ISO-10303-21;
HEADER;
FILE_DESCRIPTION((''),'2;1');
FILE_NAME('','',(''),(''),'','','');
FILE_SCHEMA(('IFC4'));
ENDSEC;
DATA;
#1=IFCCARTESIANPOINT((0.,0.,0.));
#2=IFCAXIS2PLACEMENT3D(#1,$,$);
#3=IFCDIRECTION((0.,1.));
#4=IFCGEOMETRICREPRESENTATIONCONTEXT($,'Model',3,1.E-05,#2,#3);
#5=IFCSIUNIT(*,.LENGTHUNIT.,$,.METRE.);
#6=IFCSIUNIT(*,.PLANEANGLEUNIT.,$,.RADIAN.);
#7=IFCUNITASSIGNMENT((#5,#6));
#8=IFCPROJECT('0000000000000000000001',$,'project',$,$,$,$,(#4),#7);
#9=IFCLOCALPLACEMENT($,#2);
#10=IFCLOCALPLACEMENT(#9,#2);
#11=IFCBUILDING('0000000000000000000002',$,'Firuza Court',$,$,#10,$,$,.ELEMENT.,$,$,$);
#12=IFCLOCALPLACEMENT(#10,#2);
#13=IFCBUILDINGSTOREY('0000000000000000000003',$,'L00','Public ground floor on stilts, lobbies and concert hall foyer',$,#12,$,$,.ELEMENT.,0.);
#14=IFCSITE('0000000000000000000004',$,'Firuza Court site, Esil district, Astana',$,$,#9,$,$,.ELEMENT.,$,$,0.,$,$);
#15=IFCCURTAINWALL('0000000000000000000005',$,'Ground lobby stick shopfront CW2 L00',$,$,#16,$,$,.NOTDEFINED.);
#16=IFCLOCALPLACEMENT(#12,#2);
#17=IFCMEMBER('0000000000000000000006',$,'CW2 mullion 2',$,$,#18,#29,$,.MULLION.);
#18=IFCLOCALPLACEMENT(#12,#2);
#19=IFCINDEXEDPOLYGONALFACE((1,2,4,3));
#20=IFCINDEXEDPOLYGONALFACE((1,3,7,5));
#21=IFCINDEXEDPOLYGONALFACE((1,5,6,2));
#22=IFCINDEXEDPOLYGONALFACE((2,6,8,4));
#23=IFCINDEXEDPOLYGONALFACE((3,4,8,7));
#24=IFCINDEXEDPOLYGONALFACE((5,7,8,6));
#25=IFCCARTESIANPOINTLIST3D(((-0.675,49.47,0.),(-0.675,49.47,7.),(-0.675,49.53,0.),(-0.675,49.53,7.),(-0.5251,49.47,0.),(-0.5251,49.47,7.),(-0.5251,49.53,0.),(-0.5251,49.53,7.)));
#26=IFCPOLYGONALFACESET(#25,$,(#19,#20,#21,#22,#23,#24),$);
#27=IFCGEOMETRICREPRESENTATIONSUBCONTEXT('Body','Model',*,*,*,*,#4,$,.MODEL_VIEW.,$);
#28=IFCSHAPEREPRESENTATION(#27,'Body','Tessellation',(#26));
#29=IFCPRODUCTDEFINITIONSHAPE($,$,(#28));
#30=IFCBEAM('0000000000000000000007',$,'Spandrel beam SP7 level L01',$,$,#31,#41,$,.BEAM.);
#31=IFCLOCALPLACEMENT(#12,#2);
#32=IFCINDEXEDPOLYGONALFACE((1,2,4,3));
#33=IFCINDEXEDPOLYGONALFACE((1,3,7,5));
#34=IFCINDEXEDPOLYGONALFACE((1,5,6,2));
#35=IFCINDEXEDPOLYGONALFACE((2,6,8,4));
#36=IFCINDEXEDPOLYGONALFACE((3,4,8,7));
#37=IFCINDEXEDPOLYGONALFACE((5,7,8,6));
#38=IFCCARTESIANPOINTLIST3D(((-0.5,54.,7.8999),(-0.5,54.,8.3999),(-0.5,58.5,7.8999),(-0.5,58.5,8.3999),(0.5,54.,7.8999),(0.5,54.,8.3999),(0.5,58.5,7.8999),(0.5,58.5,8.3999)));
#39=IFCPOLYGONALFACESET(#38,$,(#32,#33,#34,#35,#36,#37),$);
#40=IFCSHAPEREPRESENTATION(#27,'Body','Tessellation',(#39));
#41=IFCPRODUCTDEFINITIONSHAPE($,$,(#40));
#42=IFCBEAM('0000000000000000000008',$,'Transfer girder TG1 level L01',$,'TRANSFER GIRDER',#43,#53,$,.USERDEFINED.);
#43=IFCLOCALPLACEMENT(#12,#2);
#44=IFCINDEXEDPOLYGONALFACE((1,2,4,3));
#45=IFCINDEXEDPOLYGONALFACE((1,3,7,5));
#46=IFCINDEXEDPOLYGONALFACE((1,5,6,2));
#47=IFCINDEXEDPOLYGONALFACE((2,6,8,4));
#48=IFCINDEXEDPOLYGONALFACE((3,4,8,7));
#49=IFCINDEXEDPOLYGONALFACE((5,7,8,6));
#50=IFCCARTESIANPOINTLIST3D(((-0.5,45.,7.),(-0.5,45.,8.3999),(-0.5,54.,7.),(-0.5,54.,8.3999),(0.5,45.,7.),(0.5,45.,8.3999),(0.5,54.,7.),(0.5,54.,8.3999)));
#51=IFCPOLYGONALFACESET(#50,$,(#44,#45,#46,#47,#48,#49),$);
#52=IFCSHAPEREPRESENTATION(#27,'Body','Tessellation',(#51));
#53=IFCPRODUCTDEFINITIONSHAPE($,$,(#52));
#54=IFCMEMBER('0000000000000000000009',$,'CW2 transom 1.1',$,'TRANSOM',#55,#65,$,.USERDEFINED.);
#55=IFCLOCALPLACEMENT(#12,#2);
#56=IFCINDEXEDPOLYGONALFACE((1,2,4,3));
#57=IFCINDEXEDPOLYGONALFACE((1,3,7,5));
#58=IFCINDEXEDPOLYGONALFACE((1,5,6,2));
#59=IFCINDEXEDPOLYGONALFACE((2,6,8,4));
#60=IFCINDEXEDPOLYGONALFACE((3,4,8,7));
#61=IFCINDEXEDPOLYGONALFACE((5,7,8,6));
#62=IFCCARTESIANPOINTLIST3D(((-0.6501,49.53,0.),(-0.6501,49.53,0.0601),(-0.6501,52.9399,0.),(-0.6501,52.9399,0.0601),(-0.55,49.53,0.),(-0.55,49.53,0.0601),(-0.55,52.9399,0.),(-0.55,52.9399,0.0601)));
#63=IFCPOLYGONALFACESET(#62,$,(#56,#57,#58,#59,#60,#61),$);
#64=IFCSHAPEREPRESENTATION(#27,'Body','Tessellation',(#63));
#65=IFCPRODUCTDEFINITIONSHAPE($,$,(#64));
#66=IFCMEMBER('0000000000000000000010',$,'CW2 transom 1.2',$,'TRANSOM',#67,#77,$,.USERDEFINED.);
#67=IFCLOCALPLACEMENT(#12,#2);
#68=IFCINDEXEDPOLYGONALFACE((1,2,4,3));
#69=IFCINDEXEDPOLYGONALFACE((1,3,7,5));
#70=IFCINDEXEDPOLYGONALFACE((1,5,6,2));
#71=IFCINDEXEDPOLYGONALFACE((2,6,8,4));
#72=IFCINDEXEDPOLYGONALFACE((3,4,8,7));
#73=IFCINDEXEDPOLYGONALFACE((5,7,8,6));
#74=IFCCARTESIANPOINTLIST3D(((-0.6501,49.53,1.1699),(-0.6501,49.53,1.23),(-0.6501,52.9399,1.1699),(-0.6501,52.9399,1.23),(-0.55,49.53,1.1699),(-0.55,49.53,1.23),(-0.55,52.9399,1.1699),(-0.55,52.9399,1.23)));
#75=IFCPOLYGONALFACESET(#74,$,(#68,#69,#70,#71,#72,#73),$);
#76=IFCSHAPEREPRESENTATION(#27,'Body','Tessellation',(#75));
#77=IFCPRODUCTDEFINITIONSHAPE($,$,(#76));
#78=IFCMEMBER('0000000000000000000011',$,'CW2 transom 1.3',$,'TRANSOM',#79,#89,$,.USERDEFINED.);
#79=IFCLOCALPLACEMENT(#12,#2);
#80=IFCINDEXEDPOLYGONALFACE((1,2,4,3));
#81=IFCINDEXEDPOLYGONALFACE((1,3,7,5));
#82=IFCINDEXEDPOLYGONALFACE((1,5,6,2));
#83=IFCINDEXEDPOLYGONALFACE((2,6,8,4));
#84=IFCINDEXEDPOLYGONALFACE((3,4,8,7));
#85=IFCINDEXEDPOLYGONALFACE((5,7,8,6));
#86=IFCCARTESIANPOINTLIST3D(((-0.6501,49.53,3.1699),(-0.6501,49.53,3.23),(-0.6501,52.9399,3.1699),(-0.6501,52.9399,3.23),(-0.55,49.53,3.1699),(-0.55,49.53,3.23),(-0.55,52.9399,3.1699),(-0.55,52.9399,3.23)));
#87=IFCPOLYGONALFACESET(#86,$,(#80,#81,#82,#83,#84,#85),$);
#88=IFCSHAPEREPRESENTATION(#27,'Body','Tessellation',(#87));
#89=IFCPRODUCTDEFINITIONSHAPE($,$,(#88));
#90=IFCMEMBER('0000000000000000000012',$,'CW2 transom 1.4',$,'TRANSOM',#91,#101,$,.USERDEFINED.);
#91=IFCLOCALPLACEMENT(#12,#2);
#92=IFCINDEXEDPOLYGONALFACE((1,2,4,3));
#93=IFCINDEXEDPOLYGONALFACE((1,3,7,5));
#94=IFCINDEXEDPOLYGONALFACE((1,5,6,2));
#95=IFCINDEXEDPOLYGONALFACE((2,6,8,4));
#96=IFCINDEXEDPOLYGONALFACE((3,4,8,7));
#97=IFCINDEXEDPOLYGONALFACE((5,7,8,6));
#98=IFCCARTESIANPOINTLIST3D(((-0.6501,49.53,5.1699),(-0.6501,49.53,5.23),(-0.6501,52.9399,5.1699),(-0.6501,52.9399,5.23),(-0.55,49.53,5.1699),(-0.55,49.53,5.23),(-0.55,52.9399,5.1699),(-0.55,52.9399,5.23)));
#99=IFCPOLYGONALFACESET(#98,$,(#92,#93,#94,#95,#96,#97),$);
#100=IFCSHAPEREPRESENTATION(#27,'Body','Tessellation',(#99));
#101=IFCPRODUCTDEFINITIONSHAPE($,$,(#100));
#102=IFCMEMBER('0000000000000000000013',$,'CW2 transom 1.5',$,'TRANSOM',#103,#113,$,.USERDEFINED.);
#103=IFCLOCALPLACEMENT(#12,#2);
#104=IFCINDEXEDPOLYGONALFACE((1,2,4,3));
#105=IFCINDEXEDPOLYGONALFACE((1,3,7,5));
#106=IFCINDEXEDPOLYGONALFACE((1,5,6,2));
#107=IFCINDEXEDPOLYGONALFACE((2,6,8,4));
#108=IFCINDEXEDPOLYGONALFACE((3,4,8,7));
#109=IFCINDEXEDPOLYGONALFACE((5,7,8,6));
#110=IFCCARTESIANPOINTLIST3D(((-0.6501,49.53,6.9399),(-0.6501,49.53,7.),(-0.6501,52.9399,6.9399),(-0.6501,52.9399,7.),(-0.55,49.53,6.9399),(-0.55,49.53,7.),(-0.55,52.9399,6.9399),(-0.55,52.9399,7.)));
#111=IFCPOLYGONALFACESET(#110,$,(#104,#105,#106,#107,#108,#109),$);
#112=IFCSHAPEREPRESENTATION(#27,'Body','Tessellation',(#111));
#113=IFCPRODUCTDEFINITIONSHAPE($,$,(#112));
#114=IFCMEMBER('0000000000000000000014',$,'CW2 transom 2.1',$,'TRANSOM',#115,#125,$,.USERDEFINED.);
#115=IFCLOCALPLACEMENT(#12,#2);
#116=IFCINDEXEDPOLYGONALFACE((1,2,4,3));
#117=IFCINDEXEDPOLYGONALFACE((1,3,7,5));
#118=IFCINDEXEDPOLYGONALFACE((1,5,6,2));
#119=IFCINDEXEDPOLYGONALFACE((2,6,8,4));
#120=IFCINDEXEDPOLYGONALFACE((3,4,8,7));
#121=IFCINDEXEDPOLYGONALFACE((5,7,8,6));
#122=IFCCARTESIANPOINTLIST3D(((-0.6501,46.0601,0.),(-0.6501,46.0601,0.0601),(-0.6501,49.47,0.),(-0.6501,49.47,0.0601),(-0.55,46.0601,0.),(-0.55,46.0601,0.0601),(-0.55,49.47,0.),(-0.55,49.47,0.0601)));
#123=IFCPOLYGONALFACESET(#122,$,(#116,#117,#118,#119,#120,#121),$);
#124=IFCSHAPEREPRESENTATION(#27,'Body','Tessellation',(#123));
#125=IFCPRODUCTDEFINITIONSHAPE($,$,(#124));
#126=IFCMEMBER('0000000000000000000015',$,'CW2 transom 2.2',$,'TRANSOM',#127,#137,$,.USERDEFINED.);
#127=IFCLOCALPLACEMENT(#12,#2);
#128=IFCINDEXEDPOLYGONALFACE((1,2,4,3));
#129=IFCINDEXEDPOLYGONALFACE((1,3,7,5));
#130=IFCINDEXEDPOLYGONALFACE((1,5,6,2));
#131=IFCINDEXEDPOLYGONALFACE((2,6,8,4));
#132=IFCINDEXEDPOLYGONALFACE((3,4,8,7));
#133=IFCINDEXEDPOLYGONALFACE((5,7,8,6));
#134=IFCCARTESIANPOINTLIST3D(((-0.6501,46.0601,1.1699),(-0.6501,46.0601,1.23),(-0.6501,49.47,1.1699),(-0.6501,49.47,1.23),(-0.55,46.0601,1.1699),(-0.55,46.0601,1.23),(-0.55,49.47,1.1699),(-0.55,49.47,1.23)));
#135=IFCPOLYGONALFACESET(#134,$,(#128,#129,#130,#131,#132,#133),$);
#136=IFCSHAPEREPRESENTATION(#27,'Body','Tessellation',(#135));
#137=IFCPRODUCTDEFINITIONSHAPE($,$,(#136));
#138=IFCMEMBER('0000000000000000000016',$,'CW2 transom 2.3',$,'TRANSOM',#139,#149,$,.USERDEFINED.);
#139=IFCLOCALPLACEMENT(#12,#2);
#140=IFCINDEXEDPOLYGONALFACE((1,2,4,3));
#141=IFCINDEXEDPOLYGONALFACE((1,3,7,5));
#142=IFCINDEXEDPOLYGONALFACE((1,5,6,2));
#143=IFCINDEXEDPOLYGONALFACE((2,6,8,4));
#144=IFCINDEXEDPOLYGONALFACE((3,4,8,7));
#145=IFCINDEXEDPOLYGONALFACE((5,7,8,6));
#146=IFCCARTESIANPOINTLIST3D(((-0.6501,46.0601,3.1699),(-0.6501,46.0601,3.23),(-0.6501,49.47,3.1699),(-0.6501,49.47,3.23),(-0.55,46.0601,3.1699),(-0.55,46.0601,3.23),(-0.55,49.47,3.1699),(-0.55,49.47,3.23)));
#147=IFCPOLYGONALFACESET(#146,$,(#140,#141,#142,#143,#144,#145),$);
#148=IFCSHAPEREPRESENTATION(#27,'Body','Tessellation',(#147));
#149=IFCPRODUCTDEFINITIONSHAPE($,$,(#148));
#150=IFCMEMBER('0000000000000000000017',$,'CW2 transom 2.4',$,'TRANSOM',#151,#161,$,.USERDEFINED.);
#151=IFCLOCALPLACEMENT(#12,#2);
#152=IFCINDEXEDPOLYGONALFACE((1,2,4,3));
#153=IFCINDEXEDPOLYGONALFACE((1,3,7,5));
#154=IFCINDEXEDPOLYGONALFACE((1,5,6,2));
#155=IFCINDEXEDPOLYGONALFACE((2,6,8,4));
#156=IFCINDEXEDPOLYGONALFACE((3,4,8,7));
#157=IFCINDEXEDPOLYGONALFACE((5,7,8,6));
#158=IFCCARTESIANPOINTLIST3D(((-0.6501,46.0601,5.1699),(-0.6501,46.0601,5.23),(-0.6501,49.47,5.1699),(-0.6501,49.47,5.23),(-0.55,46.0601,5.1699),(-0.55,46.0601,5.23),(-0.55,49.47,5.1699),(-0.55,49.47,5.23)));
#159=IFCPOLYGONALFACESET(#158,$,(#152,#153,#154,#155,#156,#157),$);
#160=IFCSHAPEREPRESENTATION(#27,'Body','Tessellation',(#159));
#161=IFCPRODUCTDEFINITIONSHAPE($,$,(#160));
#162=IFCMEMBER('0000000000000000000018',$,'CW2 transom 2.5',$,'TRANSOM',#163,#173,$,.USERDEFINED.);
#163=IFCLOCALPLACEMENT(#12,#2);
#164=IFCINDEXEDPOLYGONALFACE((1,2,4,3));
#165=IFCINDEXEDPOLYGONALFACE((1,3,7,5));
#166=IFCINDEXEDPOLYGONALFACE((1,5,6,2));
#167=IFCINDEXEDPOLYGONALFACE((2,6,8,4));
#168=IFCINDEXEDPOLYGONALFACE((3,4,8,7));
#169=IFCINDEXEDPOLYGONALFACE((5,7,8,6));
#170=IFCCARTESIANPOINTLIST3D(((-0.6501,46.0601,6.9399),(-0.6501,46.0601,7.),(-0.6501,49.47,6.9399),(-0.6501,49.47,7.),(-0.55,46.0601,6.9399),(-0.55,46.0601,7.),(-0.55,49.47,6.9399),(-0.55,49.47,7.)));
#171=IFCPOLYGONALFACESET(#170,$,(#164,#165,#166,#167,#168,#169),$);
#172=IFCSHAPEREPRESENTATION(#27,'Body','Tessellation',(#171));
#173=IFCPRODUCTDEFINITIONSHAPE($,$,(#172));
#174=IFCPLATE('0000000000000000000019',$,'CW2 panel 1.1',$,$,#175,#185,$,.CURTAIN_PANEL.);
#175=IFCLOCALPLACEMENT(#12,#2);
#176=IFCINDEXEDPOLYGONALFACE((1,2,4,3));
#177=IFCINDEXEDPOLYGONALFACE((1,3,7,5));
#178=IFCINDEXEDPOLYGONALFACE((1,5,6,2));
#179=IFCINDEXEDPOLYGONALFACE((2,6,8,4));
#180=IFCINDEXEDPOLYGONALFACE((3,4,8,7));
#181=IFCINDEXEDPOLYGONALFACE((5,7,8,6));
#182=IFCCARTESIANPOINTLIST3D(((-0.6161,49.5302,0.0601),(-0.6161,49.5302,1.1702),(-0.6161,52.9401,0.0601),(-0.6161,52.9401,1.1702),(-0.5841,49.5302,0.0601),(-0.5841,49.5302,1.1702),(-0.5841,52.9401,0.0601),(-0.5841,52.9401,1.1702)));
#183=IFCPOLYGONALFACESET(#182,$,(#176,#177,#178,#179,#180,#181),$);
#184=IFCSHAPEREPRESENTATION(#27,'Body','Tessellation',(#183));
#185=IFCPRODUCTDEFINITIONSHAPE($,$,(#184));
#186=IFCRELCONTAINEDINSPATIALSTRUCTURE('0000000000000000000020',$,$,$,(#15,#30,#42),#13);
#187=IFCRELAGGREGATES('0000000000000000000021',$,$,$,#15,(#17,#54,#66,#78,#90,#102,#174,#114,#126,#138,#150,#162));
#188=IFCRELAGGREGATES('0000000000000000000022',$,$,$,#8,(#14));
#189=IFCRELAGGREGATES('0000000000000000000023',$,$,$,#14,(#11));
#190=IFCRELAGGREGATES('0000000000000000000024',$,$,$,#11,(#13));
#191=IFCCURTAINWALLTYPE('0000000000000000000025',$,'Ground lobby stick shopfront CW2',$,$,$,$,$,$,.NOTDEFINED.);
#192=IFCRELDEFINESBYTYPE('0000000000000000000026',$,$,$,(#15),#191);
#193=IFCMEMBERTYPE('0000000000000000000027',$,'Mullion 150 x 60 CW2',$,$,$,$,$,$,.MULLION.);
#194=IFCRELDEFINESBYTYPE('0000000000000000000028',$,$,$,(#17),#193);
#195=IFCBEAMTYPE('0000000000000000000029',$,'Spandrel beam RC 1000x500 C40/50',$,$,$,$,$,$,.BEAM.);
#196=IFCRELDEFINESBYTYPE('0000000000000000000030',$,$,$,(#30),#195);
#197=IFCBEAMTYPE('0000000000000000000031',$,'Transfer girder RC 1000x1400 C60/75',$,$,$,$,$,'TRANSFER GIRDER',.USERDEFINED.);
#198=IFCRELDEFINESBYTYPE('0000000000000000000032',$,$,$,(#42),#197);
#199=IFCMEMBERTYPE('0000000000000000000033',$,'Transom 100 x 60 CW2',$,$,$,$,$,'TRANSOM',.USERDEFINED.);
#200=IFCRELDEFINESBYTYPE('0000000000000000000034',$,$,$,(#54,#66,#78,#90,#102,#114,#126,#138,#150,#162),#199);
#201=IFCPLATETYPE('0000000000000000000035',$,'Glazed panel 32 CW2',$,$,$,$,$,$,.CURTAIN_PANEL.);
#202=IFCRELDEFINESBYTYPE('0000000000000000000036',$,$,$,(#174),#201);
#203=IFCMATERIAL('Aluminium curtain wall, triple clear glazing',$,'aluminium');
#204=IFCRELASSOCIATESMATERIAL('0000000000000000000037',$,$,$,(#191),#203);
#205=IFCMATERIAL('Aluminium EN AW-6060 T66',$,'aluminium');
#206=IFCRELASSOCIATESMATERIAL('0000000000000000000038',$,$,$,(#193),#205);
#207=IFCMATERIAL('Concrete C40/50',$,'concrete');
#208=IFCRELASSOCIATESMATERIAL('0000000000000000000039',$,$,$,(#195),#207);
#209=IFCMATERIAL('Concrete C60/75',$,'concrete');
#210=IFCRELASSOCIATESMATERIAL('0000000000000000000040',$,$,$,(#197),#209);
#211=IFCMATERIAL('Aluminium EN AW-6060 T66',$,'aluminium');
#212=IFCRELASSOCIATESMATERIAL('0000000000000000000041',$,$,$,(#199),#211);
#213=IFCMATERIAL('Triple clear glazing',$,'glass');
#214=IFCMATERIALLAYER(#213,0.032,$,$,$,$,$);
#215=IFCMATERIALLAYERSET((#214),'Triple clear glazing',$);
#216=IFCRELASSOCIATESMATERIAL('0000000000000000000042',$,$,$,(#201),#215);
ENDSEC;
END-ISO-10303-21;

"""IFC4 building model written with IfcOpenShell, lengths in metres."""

from ifc_helpers import new_model, si_unit, direction, frame, origin, origin_2d, place, context, subcontext, project, spatial, rectangle, extrude, material, layer, layer_set, material_profile, profile_set, type_object, element, aggregate, save


model = new_model("IFC4")

# Units and contexts
model_context = context("Model", 3, precision=1e-05, world=origin(), true_north=direction((0.0, 1.0)))
body_context = subcontext(model_context, "Body", "Model", "MODEL_VIEW")
ifc_project = project(units=[si_unit("LENGTHUNIT", "METRE"), si_unit("PLANEANGLEUNIT", "RADIAN")], contexts=[model_context])

# Site, building, storey
site_placement = place(None, origin())
site = spatial("IfcSite", under=ifc_project, at=site_placement, Name="Firuza Court site, Esil district, Astana", CompositionType="ELEMENT", RefElevation=0.0)
building_placement = place(site_placement, origin())
building = spatial("IfcBuilding", under=site, at=building_placement, Name="Firuza Court", CompositionType="ELEMENT")
storey_placement = place(building_placement, origin())
storey = spatial("IfcBuildingStorey", under=building, at=storey_placement, Name="L00", Description="Public ground floor on stilts, lobbies and concert hall foyer", CompositionType="ELEMENT", Elevation=0.0)

# Shared definitions
ifc_material_1 = material(Name="Aluminium curtain wall, triple clear glazing", Category="aluminium")
curtain_wall_type = type_object("IfcCurtainWallType", Name="Ground lobby stick shopfront CW2", PredefinedType="NOTDEFINED", material=ifc_material_1)
ifc_material_2 = material(Name="Aluminium EN AW-6060 T66", Category="aluminium")
ifc_material_profile_1 = material_profile(ifc_material_2, rectangle(XDim=0.1499, YDim=0.0601, at=origin_2d()), Name="Mullion 150 x 60 CW2")
ifc_profile_set_1 = profile_set([ifc_material_profile_1], Name="Aluminium EN AW-6060 T66")
member_type_1 = type_object("IfcMemberType", Name="Mullion 150 x 60 CW2", PredefinedType="MULLION", material=ifc_profile_set_1)

# Curtain wall, member
curtain_wall_1_placement = place(storey_placement, origin())
curtain_wall_1 = element("IfcCurtainWall", 1, at=curtain_wall_1_placement, inside=storey, type_object=curtain_wall_type, Name="Ground lobby stick shopfront CW2 L00", PredefinedType="NOTDEFINED")
member_1_placement = place(storey_placement, frame((-0.6001, 49.5, 0.0), z_axis=(0.0, 0.0, 1.0), x_axis=(1.0, 0.0, 0.0)))
member_1 = element("IfcMember", 2, at=member_1_placement, type_object=member_type_1, Name="CW2 mullion 2", PredefinedType="MULLION", context=body_context, shape_type="SweptSolid", body=[
    extrude(rectangle(XDim=0.1499, YDim=0.0601, at=origin_2d()), origin(), (0.0, 0.0, 1.0), 7.0),
])

# Beams
ifc_material_3 = material(Name="Concrete C40/50", Category="concrete")
ifc_material_profile_2 = material_profile(ifc_material_3, rectangle(XDim=1.0, YDim=0.5, at=origin_2d()), Name="RC 1000x500")
ifc_profile_set_2 = profile_set([ifc_material_profile_2], Name="Concrete C40/50")
beam_type_1 = type_object("IfcBeamType", Name="Spandrel beam RC 1000x500 C40/50", PredefinedType="BEAM", material=ifc_profile_set_2)
beam_1_placement = place(storey_placement, frame((0.0, 58.5, 8.1499), z_axis=(0.0, -1.0, 0.0), x_axis=(1.0, 0.0, 0.0)))
element("IfcBeam", 3, at=beam_1_placement, inside=storey, type_object=beam_type_1, Name="Spandrel beam SP7 level L01", PredefinedType="BEAM", context=body_context, shape_type="SweptSolid", body=[
    extrude(rectangle(XDim=1.0, YDim=0.5, at=origin_2d()), origin(), (0.0, 0.0, 1.0), 4.5),
])
ifc_material_4 = material(Name="Concrete C60/75", Category="concrete")
ifc_material_profile_3 = material_profile(ifc_material_4, rectangle(XDim=1.0, YDim=1.3999, at=origin_2d()), Name="RC 1000x1400")
ifc_profile_set_3 = profile_set([ifc_material_profile_3], Name="Concrete C60/75")
beam_type_2 = type_object("IfcBeamType", Name="Transfer girder RC 1000x1400 C60/75", ElementType="TRANSFER GIRDER", PredefinedType="USERDEFINED", material=ifc_profile_set_3)
beam_2_placement = place(storey_placement, frame((0.0, 54.0, 7.7), z_axis=(0.0, -1.0, 0.0), x_axis=(1.0, 0.0, 0.0)))
element("IfcBeam", 4, at=beam_2_placement, inside=storey, type_object=beam_type_2, Name="Transfer girder TG1 level L01", ObjectType="TRANSFER GIRDER", PredefinedType="USERDEFINED", context=body_context, shape_type="SweptSolid", body=[
    extrude(rectangle(XDim=1.0, YDim=1.3999, at=origin_2d()), origin(), (0.0, 0.0, 1.0), 9.0),
])

# Members
ifc_material_5 = material(Name="Aluminium EN AW-6060 T66", Category="aluminium")
ifc_material_profile_4 = material_profile(ifc_material_5, rectangle(XDim=0.1001, YDim=0.0601, at=origin_2d()), Name="Transom 100 x 60 CW2")
ifc_profile_set_4 = profile_set([ifc_material_profile_4], Name="Aluminium EN AW-6060 T66")
member_type_2 = type_object("IfcMemberType", Name="Transom 100 x 60 CW2", ElementType="TRANSOM", PredefinedType="USERDEFINED", material=ifc_profile_set_4)
member_2_placement = place(storey_placement, frame((-0.6001, 52.9399, 0.03), z_axis=(0.0, -1.0, 0.0), x_axis=(1.0, 0.0, 0.0)))
member_2 = element("IfcMember", 5, at=member_2_placement, type_object=member_type_2, Name="CW2 transom 1.1", ObjectType="TRANSOM", PredefinedType="USERDEFINED", context=body_context, shape_type="SweptSolid", body=[
    extrude(rectangle(XDim=0.1001, YDim=0.0601, at=origin_2d()), origin(), (0.0, 0.0, 1.0), 3.4099),
])
member_3_placement = place(storey_placement, frame((-0.6001, 52.9399, 1.2), z_axis=(0.0, -1.0, 0.0), x_axis=(1.0, 0.0, 0.0)))
member_3 = element("IfcMember", 6, at=member_3_placement, type_object=member_type_2, Name="CW2 transom 1.2", ObjectType="TRANSOM", PredefinedType="USERDEFINED", context=body_context, shape_type="SweptSolid", body=[
    extrude(rectangle(XDim=0.1001, YDim=0.0601, at=origin_2d()), origin(), (0.0, 0.0, 1.0), 3.4099),
])
member_4_placement = place(storey_placement, frame((-0.6001, 52.9399, 3.2), z_axis=(0.0, -1.0, 0.0), x_axis=(1.0, 0.0, 0.0)))
member_4 = element("IfcMember", 7, at=member_4_placement, type_object=member_type_2, Name="CW2 transom 1.3", ObjectType="TRANSOM", PredefinedType="USERDEFINED", context=body_context, shape_type="SweptSolid", body=[
    extrude(rectangle(XDim=0.1001, YDim=0.0601, at=origin_2d()), origin(), (0.0, 0.0, 1.0), 3.4099),
])
member_5_placement = place(storey_placement, frame((-0.6001, 52.9399, 5.2), z_axis=(0.0, -1.0, 0.0), x_axis=(1.0, 0.0, 0.0)))
member_5 = element("IfcMember", 8, at=member_5_placement, type_object=member_type_2, Name="CW2 transom 1.4", ObjectType="TRANSOM", PredefinedType="USERDEFINED", context=body_context, shape_type="SweptSolid", body=[
    extrude(rectangle(XDim=0.1001, YDim=0.0601, at=origin_2d()), origin(), (0.0, 0.0, 1.0), 3.4099),
])
member_6_placement = place(storey_placement, frame((-0.6001, 52.9399, 6.97), z_axis=(0.0, -1.0, 0.0), x_axis=(1.0, 0.0, 0.0)))
member_6 = element("IfcMember", 9, at=member_6_placement, type_object=member_type_2, Name="CW2 transom 1.5", ObjectType="TRANSOM", PredefinedType="USERDEFINED", context=body_context, shape_type="SweptSolid", body=[
    extrude(rectangle(XDim=0.1001, YDim=0.0601, at=origin_2d()), origin(), (0.0, 0.0, 1.0), 3.4099),
])
member_7_placement = place(storey_placement, frame((-0.6001, 49.47, 0.03), z_axis=(0.0, -1.0, 0.0), x_axis=(1.0, 0.0, 0.0)))
member_7 = element("IfcMember", 10, at=member_7_placement, type_object=member_type_2, Name="CW2 transom 2.1", ObjectType="TRANSOM", PredefinedType="USERDEFINED", context=body_context, shape_type="SweptSolid", body=[
    extrude(rectangle(XDim=0.1001, YDim=0.0601, at=origin_2d()), origin(), (0.0, 0.0, 1.0), 3.4099),
])
member_8_placement = place(storey_placement, frame((-0.6001, 49.47, 1.2), z_axis=(0.0, -1.0, 0.0), x_axis=(1.0, 0.0, 0.0)))
member_8 = element("IfcMember", 11, at=member_8_placement, type_object=member_type_2, Name="CW2 transom 2.2", ObjectType="TRANSOM", PredefinedType="USERDEFINED", context=body_context, shape_type="SweptSolid", body=[
    extrude(rectangle(XDim=0.1001, YDim=0.0601, at=origin_2d()), origin(), (0.0, 0.0, 1.0), 3.4099),
])
member_9_placement = place(storey_placement, frame((-0.6001, 49.47, 3.2), z_axis=(0.0, -1.0, 0.0), x_axis=(1.0, 0.0, 0.0)))
member_9 = element("IfcMember", 12, at=member_9_placement, type_object=member_type_2, Name="CW2 transom 2.3", ObjectType="TRANSOM", PredefinedType="USERDEFINED", context=body_context, shape_type="SweptSolid", body=[
    extrude(rectangle(XDim=0.1001, YDim=0.0601, at=origin_2d()), origin(), (0.0, 0.0, 1.0), 3.4099),
])
member_10_placement = place(storey_placement, frame((-0.6001, 49.47, 5.2), z_axis=(0.0, -1.0, 0.0), x_axis=(1.0, 0.0, 0.0)))
member_10 = element("IfcMember", 13, at=member_10_placement, type_object=member_type_2, Name="CW2 transom 2.4", ObjectType="TRANSOM", PredefinedType="USERDEFINED", context=body_context, shape_type="SweptSolid", body=[
    extrude(rectangle(XDim=0.1001, YDim=0.0601, at=origin_2d()), origin(), (0.0, 0.0, 1.0), 3.4099),
])
member_11_placement = place(storey_placement, frame((-0.6001, 49.47, 6.97), z_axis=(0.0, -1.0, 0.0), x_axis=(1.0, 0.0, 0.0)))
member_11 = element("IfcMember", 14, at=member_11_placement, type_object=member_type_2, Name="CW2 transom 2.5", ObjectType="TRANSOM", PredefinedType="USERDEFINED", context=body_context, shape_type="SweptSolid", body=[
    extrude(rectangle(XDim=0.1001, YDim=0.0601, at=origin_2d()), origin(), (0.0, 0.0, 1.0), 3.4099),
])

# Plate
ifc_material_6 = material(Name="Triple clear glazing", Category="glass")
ifc_layer_1 = layer(ifc_material_6, 0.032)
ifc_layer_set_1 = layer_set([ifc_layer_1], Name="Triple clear glazing")
plate_type = type_object("IfcPlateType", Name="Glazed panel 32 CW2", PredefinedType="CURTAIN_PANEL", material=ifc_layer_set_1)
plate_1_placement = place(storey_placement, frame((-0.6001, 51.2351, 0.0601), z_axis=(0.0, 0.0, 1.0), x_axis=(0.0, -1.0, 0.0)))
plate_1 = element("IfcPlate", 15, at=plate_1_placement, type_object=plate_type, Name="CW2 panel 1.1", PredefinedType="CURTAIN_PANEL", context=body_context, shape_type="SweptSolid", body=[
    extrude(rectangle(XDim=3.4099, YDim=0.032, at=origin_2d()), origin(), (0.0, 0.0, 1.0), 1.1101),
])
aggregate(curtain_wall_1, [member_1, member_2, member_3, member_4, member_5, member_6, plate_1, member_7, member_8, member_9, member_10, member_11])

save(model, "model.ifc")
